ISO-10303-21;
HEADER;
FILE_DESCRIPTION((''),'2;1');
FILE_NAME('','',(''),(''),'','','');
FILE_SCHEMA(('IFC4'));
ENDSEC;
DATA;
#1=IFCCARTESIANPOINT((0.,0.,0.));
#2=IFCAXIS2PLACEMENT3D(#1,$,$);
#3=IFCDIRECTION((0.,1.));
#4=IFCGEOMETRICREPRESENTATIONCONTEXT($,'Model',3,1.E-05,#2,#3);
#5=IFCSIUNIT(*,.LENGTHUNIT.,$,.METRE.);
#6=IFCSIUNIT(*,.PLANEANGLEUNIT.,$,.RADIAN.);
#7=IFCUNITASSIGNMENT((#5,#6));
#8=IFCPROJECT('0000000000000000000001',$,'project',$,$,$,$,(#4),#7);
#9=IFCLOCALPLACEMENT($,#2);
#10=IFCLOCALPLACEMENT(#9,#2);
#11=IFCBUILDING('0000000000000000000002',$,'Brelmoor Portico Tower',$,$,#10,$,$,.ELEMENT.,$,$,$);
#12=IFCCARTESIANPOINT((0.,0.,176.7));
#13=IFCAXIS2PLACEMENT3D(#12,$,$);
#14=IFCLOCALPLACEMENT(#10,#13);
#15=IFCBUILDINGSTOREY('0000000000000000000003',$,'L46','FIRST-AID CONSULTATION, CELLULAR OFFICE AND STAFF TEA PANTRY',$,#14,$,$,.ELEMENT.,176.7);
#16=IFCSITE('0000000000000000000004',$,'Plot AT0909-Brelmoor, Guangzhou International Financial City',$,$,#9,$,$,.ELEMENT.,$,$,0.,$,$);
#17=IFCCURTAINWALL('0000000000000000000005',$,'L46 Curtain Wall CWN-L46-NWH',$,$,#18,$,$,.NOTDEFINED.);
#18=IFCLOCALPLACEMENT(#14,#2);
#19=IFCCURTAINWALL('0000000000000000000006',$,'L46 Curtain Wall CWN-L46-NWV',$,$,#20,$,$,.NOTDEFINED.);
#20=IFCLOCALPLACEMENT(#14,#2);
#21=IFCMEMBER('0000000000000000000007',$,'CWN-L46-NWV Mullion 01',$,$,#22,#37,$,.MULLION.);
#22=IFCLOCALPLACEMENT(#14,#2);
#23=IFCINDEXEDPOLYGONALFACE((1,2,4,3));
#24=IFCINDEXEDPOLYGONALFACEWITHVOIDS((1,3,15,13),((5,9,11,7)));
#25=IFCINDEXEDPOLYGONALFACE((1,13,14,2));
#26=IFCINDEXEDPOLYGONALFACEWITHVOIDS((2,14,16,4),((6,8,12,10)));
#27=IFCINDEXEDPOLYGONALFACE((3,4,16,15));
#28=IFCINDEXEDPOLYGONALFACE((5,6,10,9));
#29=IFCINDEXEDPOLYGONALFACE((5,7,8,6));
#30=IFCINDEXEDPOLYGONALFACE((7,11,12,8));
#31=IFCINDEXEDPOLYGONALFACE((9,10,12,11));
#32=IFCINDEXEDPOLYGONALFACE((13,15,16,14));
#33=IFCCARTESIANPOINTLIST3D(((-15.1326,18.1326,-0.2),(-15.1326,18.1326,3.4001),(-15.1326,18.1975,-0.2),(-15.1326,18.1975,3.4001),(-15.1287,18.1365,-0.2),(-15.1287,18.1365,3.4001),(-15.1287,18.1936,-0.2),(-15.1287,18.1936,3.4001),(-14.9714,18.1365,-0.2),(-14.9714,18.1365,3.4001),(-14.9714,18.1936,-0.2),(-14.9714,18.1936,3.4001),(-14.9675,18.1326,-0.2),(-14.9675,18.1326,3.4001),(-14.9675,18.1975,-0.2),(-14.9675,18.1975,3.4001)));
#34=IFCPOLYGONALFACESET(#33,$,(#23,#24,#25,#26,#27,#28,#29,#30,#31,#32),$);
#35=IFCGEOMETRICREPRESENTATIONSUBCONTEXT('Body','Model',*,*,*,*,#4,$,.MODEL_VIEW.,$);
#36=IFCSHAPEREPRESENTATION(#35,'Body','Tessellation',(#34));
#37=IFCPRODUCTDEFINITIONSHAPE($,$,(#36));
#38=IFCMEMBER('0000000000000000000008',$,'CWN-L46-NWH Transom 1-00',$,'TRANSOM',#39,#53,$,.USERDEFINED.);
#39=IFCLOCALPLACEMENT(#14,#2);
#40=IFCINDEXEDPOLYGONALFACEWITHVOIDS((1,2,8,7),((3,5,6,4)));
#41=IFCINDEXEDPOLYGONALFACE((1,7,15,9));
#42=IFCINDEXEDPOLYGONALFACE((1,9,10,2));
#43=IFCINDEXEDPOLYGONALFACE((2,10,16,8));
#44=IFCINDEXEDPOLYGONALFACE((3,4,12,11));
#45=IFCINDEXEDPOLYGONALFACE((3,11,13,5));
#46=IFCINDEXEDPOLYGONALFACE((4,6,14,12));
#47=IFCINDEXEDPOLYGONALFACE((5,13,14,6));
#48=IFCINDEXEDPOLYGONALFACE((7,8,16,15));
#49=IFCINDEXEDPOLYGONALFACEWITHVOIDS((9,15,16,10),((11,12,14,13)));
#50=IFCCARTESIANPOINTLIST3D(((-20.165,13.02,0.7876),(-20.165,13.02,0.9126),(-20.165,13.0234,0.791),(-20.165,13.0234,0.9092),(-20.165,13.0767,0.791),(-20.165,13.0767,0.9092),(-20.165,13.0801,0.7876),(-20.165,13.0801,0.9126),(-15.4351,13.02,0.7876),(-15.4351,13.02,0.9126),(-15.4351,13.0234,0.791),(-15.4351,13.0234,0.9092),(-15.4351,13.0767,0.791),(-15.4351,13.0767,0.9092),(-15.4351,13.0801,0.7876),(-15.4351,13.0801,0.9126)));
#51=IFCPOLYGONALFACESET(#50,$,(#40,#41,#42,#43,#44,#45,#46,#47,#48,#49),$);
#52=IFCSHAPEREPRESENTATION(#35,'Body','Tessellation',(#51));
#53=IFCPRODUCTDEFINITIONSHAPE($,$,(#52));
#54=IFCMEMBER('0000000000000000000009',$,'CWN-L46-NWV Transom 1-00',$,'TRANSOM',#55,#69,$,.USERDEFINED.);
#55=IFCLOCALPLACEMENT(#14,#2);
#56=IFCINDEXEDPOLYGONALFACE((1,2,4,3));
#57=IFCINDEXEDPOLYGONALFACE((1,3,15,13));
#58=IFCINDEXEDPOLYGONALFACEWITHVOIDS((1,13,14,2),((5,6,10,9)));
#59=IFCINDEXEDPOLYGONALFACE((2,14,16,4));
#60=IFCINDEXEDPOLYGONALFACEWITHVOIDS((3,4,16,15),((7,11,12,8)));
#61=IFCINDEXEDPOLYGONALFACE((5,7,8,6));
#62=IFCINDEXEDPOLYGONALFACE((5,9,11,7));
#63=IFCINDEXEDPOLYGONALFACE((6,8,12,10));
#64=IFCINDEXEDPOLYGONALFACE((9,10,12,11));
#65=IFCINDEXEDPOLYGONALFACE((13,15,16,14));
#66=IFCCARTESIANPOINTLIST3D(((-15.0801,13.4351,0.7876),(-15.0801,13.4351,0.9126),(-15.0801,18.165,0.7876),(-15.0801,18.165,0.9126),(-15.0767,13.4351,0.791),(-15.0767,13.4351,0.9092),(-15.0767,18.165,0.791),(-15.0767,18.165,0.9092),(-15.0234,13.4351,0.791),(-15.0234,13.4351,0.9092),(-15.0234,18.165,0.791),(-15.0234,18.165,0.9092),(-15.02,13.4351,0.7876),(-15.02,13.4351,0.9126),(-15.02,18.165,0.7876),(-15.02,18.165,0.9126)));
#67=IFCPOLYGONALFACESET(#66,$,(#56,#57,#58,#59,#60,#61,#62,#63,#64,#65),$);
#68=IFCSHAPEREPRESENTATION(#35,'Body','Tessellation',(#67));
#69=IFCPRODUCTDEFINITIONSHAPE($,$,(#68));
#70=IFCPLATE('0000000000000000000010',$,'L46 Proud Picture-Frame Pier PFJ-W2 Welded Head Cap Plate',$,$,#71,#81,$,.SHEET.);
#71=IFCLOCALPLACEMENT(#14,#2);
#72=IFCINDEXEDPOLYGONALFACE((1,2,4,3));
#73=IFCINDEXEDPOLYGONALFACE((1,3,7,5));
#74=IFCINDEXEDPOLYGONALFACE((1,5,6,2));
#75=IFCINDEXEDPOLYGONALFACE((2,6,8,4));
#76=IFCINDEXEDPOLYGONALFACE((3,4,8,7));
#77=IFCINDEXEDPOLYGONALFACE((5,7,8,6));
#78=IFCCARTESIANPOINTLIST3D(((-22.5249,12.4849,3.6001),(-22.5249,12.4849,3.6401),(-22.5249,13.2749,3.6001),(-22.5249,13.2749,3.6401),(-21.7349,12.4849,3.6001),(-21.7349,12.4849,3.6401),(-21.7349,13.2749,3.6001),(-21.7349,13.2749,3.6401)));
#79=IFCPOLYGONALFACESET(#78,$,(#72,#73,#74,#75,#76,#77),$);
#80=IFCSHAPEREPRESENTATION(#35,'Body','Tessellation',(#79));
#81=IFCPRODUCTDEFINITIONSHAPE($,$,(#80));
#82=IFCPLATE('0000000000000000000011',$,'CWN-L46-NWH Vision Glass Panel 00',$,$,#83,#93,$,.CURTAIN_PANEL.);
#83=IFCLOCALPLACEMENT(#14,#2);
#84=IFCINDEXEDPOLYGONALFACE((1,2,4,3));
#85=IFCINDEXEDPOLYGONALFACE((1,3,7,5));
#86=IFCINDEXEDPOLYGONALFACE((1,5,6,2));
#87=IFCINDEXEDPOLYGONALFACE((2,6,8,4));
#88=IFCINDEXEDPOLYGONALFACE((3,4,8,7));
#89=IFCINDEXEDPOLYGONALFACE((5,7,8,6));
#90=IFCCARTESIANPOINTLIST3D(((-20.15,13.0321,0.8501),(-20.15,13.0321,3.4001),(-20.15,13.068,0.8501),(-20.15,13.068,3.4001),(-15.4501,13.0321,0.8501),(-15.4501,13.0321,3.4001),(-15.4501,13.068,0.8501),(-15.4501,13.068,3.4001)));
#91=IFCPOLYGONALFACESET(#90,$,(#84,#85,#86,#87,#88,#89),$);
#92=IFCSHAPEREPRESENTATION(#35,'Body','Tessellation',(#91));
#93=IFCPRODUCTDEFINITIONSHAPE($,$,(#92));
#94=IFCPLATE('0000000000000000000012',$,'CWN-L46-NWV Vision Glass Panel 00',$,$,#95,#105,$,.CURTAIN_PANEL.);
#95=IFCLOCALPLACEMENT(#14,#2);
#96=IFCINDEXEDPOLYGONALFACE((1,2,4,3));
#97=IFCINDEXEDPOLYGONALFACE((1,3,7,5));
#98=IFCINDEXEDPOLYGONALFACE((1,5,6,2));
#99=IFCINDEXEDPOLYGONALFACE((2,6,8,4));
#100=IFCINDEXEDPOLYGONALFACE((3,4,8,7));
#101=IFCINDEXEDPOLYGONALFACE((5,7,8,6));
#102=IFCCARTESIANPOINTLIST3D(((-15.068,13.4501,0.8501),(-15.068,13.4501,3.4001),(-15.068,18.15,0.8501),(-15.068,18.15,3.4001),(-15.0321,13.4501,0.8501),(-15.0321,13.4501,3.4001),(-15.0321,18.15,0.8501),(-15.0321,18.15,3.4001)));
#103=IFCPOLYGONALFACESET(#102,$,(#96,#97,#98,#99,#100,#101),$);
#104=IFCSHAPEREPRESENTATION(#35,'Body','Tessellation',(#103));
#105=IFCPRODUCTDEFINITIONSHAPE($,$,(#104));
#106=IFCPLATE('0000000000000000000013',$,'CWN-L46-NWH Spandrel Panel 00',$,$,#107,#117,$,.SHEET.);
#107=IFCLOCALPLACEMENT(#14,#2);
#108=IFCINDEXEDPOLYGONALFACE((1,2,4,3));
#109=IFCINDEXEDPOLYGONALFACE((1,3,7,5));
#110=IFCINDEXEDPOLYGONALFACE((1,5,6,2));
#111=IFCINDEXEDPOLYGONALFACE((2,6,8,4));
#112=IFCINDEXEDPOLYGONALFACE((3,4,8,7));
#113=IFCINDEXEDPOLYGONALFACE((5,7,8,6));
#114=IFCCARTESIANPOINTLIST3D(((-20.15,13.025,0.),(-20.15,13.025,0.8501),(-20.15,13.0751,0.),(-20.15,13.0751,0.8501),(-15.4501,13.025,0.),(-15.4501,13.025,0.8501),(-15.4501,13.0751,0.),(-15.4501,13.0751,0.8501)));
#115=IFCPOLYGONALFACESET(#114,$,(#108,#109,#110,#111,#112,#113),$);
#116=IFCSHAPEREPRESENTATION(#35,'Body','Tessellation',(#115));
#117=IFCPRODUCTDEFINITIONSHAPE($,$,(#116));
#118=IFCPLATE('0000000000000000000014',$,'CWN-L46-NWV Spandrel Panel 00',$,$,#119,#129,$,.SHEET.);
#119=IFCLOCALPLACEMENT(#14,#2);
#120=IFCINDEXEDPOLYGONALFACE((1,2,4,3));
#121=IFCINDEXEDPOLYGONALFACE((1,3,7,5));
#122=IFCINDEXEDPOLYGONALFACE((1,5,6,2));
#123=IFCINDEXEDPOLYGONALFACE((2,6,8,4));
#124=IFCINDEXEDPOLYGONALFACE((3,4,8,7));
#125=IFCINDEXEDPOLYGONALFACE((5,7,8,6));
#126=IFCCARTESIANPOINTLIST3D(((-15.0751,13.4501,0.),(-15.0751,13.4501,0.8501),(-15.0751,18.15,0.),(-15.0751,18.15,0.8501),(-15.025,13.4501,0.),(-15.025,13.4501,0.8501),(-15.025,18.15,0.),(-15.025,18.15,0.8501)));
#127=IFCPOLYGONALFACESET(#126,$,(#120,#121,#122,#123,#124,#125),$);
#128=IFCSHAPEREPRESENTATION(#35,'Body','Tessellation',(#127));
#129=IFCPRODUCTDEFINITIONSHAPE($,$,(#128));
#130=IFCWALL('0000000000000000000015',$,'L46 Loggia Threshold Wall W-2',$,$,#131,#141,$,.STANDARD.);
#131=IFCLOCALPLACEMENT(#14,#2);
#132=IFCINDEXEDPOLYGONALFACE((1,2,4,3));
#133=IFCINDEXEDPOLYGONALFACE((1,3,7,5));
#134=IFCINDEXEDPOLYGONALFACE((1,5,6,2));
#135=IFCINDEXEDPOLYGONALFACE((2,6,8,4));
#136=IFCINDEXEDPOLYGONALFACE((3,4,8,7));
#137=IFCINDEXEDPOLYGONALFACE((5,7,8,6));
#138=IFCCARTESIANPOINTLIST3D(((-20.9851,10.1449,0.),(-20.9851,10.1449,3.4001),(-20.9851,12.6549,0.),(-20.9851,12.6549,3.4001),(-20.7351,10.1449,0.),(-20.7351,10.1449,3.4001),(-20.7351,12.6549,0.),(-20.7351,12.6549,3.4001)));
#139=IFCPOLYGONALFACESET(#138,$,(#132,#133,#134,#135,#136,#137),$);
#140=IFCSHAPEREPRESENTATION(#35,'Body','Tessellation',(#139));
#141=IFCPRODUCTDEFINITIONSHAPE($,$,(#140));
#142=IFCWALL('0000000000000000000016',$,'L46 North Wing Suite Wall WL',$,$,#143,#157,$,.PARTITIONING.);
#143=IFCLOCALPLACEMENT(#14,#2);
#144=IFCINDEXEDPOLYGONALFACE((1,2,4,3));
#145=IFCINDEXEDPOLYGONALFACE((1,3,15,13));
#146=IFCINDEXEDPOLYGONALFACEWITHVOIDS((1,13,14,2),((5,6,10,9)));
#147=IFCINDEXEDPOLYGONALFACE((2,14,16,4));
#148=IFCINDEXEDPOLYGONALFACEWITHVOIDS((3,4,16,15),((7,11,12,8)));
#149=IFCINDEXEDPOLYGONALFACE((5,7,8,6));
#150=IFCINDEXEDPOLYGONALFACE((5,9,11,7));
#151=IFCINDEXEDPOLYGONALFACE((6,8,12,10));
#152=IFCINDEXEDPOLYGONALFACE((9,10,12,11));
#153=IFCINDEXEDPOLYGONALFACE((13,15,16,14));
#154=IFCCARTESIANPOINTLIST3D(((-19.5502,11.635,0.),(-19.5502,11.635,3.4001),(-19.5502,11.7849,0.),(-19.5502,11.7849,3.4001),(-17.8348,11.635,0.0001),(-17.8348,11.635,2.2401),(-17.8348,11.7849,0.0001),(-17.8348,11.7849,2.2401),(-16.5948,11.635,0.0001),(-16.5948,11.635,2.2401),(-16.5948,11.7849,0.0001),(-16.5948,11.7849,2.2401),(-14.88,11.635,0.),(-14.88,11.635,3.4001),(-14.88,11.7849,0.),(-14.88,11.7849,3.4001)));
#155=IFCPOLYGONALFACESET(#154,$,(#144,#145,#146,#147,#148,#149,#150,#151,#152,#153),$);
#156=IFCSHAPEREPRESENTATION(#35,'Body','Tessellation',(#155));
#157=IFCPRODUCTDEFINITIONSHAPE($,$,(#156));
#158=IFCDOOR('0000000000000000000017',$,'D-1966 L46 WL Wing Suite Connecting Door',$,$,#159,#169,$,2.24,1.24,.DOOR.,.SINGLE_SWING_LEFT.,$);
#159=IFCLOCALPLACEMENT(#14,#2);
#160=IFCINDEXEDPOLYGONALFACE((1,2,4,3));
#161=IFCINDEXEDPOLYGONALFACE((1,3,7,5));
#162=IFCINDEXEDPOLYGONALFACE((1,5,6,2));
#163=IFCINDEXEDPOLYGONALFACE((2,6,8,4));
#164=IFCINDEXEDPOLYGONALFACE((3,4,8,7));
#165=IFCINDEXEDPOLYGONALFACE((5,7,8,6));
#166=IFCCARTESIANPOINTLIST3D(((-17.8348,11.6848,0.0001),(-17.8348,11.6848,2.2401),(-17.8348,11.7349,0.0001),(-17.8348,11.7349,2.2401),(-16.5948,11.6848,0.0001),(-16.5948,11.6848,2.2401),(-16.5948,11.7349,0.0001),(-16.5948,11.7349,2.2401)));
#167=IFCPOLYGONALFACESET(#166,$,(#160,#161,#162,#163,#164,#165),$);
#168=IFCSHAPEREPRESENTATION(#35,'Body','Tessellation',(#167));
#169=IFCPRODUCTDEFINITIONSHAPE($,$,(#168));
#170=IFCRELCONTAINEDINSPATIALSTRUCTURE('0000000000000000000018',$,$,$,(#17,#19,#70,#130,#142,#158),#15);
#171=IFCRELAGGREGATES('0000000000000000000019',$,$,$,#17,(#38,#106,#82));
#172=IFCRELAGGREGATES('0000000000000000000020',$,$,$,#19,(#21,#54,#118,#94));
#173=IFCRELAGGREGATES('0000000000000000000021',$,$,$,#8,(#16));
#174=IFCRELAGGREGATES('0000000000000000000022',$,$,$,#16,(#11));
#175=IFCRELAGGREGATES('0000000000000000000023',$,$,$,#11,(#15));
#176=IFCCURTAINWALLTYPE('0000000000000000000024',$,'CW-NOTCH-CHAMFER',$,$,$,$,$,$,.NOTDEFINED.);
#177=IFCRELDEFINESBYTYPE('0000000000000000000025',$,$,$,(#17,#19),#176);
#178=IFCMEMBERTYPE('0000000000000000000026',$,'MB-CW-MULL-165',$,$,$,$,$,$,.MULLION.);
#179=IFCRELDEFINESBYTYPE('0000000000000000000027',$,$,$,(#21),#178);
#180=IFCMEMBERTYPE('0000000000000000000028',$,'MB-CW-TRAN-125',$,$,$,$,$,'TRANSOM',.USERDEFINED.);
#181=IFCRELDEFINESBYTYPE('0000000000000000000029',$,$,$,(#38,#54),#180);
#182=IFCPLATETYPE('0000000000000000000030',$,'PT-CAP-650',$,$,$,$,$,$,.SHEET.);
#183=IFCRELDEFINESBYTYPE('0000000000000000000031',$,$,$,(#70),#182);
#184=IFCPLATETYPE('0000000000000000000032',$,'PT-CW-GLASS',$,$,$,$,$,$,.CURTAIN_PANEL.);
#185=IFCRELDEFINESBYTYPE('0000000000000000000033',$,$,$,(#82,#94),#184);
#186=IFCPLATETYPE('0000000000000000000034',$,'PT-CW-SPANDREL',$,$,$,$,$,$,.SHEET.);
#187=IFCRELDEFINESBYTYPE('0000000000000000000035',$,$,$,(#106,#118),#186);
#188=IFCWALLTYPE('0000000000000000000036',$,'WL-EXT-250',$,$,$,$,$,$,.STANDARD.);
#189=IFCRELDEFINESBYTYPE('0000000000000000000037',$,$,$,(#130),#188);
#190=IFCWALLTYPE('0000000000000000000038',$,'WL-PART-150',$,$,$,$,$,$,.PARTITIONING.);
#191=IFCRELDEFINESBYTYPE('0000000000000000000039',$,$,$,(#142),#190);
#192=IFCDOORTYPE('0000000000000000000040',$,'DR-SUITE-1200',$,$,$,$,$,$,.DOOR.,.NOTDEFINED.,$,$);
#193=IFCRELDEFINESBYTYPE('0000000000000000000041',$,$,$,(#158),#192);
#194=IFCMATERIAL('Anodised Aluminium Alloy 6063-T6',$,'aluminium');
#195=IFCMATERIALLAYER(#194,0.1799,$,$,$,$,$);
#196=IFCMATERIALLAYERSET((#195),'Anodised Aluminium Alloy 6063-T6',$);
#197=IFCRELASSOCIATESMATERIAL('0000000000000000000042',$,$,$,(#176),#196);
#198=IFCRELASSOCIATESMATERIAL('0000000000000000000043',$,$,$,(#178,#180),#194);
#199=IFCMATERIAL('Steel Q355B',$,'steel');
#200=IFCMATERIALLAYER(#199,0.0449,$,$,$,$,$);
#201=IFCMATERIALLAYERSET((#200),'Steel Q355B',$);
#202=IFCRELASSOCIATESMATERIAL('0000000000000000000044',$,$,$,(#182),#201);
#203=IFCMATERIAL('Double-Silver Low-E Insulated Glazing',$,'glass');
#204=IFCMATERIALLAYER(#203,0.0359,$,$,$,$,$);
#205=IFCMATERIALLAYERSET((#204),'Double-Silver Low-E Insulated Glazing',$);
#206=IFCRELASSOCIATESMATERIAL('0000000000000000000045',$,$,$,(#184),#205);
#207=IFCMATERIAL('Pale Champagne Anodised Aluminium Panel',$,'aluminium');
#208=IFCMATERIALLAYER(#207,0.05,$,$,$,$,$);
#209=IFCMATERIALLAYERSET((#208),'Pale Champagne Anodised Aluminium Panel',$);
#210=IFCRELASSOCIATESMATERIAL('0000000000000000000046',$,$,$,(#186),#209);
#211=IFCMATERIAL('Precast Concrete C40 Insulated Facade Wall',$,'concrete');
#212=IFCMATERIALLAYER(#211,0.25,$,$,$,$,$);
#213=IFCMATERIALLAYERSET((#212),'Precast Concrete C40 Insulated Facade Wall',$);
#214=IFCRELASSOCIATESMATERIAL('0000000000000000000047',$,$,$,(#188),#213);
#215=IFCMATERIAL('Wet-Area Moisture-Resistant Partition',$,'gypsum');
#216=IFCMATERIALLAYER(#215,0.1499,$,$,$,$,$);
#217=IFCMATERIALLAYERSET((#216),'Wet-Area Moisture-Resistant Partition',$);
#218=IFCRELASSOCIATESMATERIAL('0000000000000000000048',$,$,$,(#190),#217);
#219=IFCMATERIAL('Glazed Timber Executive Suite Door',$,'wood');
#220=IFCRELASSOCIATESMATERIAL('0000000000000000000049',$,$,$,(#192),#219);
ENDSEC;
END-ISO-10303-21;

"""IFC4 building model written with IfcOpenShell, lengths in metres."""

from ifc_helpers import new_model, si_unit, direction, frame, frame_2d, origin, origin_2d, place, context, subcontext, project, spatial, rectangle, hollow_rectangle, extrude, material, layer, layer_set, material_profile, profile_set, type_object, element, fill, aggregate, save


model = new_model("IFC4")

# Units and contexts
model_context = context("Model", 3, precision=1e-05, world=origin(), true_north=direction((0.0, 1.0)))
body_context = subcontext(model_context, "Body", "Model", "MODEL_VIEW")
ifc_project = project(units=[si_unit("LENGTHUNIT", "METRE"), si_unit("PLANEANGLEUNIT", "RADIAN")], contexts=[model_context])

# Site, building, storey
site_placement = place(None, origin())
site = spatial("IfcSite", under=ifc_project, at=site_placement, Name="Plot AT0909-Brelmoor, Guangzhou International Financial City", CompositionType="ELEMENT", RefElevation=0.0)
building_placement = place(site_placement, origin())
building = spatial("IfcBuilding", under=site, at=building_placement, Name="Brelmoor Portico Tower", CompositionType="ELEMENT")
storey_placement = place(building_placement, frame((0.0, 0.0, 176.7)))
storey = spatial("IfcBuildingStorey", under=building, at=storey_placement, Name="L46", Description="FIRST-AID CONSULTATION, CELLULAR OFFICE AND STAFF TEA PANTRY", CompositionType="ELEMENT", Elevation=176.7)

# Shared definitions
ifc_material_1 = material(Name="Steel Q355B", Category="steel")

# Curtain walls, member
ifc_material_2 = material(Name="Anodised Aluminium Alloy 6063-T6", Category="aluminium")
ifc_layer_1 = layer(ifc_material_2, 0.1799)
ifc_layer_set_1 = layer_set([ifc_layer_1], Name="Anodised Aluminium Alloy 6063-T6")
curtain_wall_type = type_object("IfcCurtainWallType", Name="CW-NOTCH-CHAMFER", PredefinedType="NOTDEFINED", material=ifc_layer_set_1)
curtain_wall_1_placement = place(storey_placement, origin())
curtain_wall_1 = element("IfcCurtainWall", 1, at=curtain_wall_1_placement, inside=storey, type_object=curtain_wall_type, Name="L46 Curtain Wall CWN-L46-NWH", PredefinedType="NOTDEFINED")
ifc_material_profile_1 = material_profile(ifc_material_2, hollow_rectangle(XDim=0.0649, YDim=0.165, WallThickness=0.0039, at=origin_2d()), Name="ALU MULLION 65x165")
ifc_profile_set_1 = profile_set([ifc_material_profile_1], Name="Anodised Aluminium Alloy 6063-T6")
member_type_1 = type_object("IfcMemberType", Name="MB-CW-MULL-165", PredefinedType="MULLION", material=ifc_profile_set_1)
curtain_wall_2_placement = place(storey_placement, origin())
curtain_wall_2 = element("IfcCurtainWall", 2, at=curtain_wall_2_placement, inside=storey, type_object=curtain_wall_type, Name="L46 Curtain Wall CWN-L46-NWV", PredefinedType="NOTDEFINED")
member_1_placement = place(storey_placement, frame((-15.05, 18.165, -0.2), z_axis=(0.0, 0.0, 1.0), x_axis=(0.0, 1.0, 0.0)))
member_1 = element("IfcMember", 3, at=member_1_placement, type_object=member_type_1, Name="CWN-L46-NWV Mullion 01", PredefinedType="MULLION", context=body_context, shape_type="SweptSolid", body=[
    extrude(hollow_rectangle(XDim=0.0649, YDim=0.165, WallThickness=0.0039, at=origin_2d()), origin(), (0.0, 0.0, 1.0), 3.6001),
])

# Members
ifc_material_profile_2 = material_profile(ifc_material_2, hollow_rectangle(XDim=0.0601, YDim=0.125, WallThickness=0.0034, at=origin_2d()), Name="ALU TRANSOM 60x125")
ifc_profile_set_2 = profile_set([ifc_material_profile_2], Name="Anodised Aluminium Alloy 6063-T6")
member_type_2 = type_object("IfcMemberType", Name="MB-CW-TRAN-125", ElementType="TRANSOM", PredefinedType="USERDEFINED", material=ifc_profile_set_2)
member_2_placement = place(storey_placement, frame((-20.165, 13.05, 0.8501), z_axis=(1.0, 0.0, 0.0), x_axis=(0.0, 1.0, 0.0)))
member_2 = element("IfcMember", 4, at=member_2_placement, type_object=member_type_2, Name="CWN-L46-NWH Transom 1-00", ObjectType="TRANSOM", PredefinedType="USERDEFINED", context=body_context, shape_type="SweptSolid", body=[
    extrude(hollow_rectangle(XDim=0.0601, YDim=0.125, WallThickness=0.0034, at=origin_2d()), origin(), (0.0, 0.0, 1.0), 4.73),
])
member_3_placement = place(storey_placement, frame((-15.05, 13.4351, 0.8501), z_axis=(0.0, 1.0, 0.0), x_axis=(-1.0, 0.0, 0.0)))
member_3 = element("IfcMember", 5, at=member_3_placement, type_object=member_type_2, Name="CWN-L46-NWV Transom 1-00", ObjectType="TRANSOM", PredefinedType="USERDEFINED", context=body_context, shape_type="SweptSolid", body=[
    extrude(hollow_rectangle(XDim=0.0601, YDim=0.125, WallThickness=0.0034, at=origin_2d()), origin(), (0.0, 0.0, 1.0), 4.73),
])

# Plates
ifc_layer_2 = layer(ifc_material_1, 0.0449)
ifc_layer_set_2 = layer_set([ifc_layer_2], Name="Steel Q355B")
plate_type_1 = type_object("IfcPlateType", Name="PT-CAP-650", PredefinedType="SHEET", material=ifc_layer_set_2)
plate_1_placement = place(storey_placement, frame((-22.1299, 12.8799, 3.6001), z_axis=(0.0, 0.0, 1.0), x_axis=(0.0, 1.0, 0.0)))
element("IfcPlate", 6, at=plate_1_placement, inside=storey, type_object=plate_type_1, Name="L46 Proud Picture-Frame Pier PFJ-W2 Welded Head Cap Plate", PredefinedType="SHEET", context=body_context, shape_type="SweptSolid", body=[
    extrude(rectangle(XDim=0.79, YDim=0.79, at=origin_2d()), origin(), (0.0, 0.0, 1.0), 0.04),
])
ifc_material_3 = material(Name="Double-Silver Low-E Insulated Glazing", Category="glass")
ifc_layer_3 = layer(ifc_material_3, 0.0359)
ifc_layer_set_3 = layer_set([ifc_layer_3], Name="Double-Silver Low-E Insulated Glazing")
plate_type_2 = type_object("IfcPlateType", Name="PT-CW-GLASS", PredefinedType="CURTAIN_PANEL", material=ifc_layer_set_3)
plate_2_placement = place(storey_placement, frame((-17.8, 13.05, 0.8501), z_axis=(0.0, 0.0, 1.0), x_axis=(1.0, 0.0, 0.0)))
plate_2 = element("IfcPlate", 7, at=plate_2_placement, type_object=plate_type_2, Name="CWN-L46-NWH Vision Glass Panel 00", PredefinedType="CURTAIN_PANEL", context=body_context, shape_type="SweptSolid", body=[
    extrude(rectangle(XDim=4.7, YDim=0.0359, at=origin_2d()), origin(), (0.0, 0.0, 1.0), 2.55),
])
plate_3_placement = place(storey_placement, frame((-15.05, 15.8, 0.8501), z_axis=(0.0, 0.0, 1.0), x_axis=(0.0, 1.0, 0.0)))
plate_3 = element("IfcPlate", 8, at=plate_3_placement, type_object=plate_type_2, Name="CWN-L46-NWV Vision Glass Panel 00", PredefinedType="CURTAIN_PANEL", context=body_context, shape_type="SweptSolid", body=[
    extrude(rectangle(XDim=4.7, YDim=0.0359, at=origin_2d()), origin(), (0.0, 0.0, 1.0), 2.55),
])
ifc_material_4 = material(Name="Pale Champagne Anodised Aluminium Panel", Category="aluminium")
ifc_layer_4 = layer(ifc_material_4, 0.05)
ifc_layer_set_4 = layer_set([ifc_layer_4], Name="Pale Champagne Anodised Aluminium Panel")
plate_type_3 = type_object("IfcPlateType", Name="PT-CW-SPANDREL", PredefinedType="SHEET", material=ifc_layer_set_4)
plate_4_placement = place(storey_placement, frame((-17.8, 13.05, 0.0), z_axis=(0.0, 0.0, 1.0), x_axis=(1.0, 0.0, 0.0)))
plate_4 = element("IfcPlate", 9, at=plate_4_placement, type_object=plate_type_3, Name="CWN-L46-NWH Spandrel Panel 00", PredefinedType="SHEET", context=body_context, shape_type="SweptSolid", body=[
    extrude(rectangle(XDim=4.7, YDim=0.05, at=origin_2d()), origin(), (0.0, 0.0, 1.0), 0.8501),
])
aggregate(curtain_wall_1, [member_2, plate_4, plate_2])
plate_5_placement = place(storey_placement, frame((-15.05, 15.8, 0.0), z_axis=(0.0, 0.0, 1.0), x_axis=(0.0, 1.0, 0.0)))
plate_5 = element("IfcPlate", 10, at=plate_5_placement, type_object=plate_type_3, Name="CWN-L46-NWV Spandrel Panel 00", PredefinedType="SHEET", context=body_context, shape_type="SweptSolid", body=[
    extrude(rectangle(XDim=4.7, YDim=0.05, at=origin_2d()), origin(), (0.0, 0.0, 1.0), 0.8501),
])
aggregate(curtain_wall_2, [member_1, member_3, plate_5, plate_3])

# Wall
ifc_material_5 = material(Name="Precast Concrete C40 Insulated Facade Wall", Category="concrete")
ifc_layer_5 = layer(ifc_material_5, 0.25)
ifc_layer_set_5 = layer_set([ifc_layer_5], Name="Precast Concrete C40 Insulated Facade Wall")
wall_type_1 = type_object("IfcWallType", Name="WL-EXT-250", PredefinedType="STANDARD", material=ifc_layer_set_5)
wall_1_placement = place(storey_placement, frame((-20.8601, 10.145, 0.0), z_axis=(0.0, 0.0, 1.0), x_axis=(0.0, 1.0, 0.0)))
element("IfcWall", 11, at=wall_1_placement, inside=storey, type_object=wall_type_1, Name="L46 Loggia Threshold Wall W-2", PredefinedType="STANDARD", context=body_context, shape_type="SweptSolid", body=[
    extrude(rectangle(XDim=2.51, YDim=0.25, at=frame_2d((1.2549, 0.0))), origin(), (0.0, 0.0, 1.0), 3.4001),
])

# Wall, opening, door
ifc_material_6 = material(Name="Wet-Area Moisture-Resistant Partition", Category="gypsum")
ifc_layer_6 = layer(ifc_material_6, 0.1499)
ifc_layer_set_6 = layer_set([ifc_layer_6], Name="Wet-Area Moisture-Resistant Partition")
wall_type_2 = type_object("IfcWallType", Name="WL-PART-150", PredefinedType="PARTITIONING", material=ifc_layer_set_6)
wall_2_placement = place(storey_placement, frame((-19.55, 11.71, 0.0), z_axis=(0.0, 0.0, 1.0), x_axis=(1.0, 0.0, 0.0)))
wall_2 = element("IfcWall", 12, at=wall_2_placement, inside=storey, type_object=wall_type_2, Name="L46 North Wing Suite Wall WL", PredefinedType="PARTITIONING", context=body_context, shape_type="SweptSolid", body=[
    extrude(rectangle(XDim=4.6702, YDim=0.1499, at=frame_2d((2.335, 0.0))), origin(), (0.0, 0.0, 1.0), 3.4001),
])
opening_placement = place(wall_2_placement, frame((1.7151, 0.0, 0.0)))
opening = element("IfcOpeningElement", 13, at=opening_placement, cuts=wall_2, PredefinedType="OPENING", context=body_context, shape_type="SweptSolid", body=[
    extrude(rectangle(XDim=1.24, YDim=2.24, at=frame_2d((0.6201, 1.1201))), frame((0.0, 0.085, 0.0), z_axis=(0.0, -1.0, 0.0), x_axis=(1.0, 0.0, 0.0)), (0.0, 0.0, 1.0), 0.1699),
])
ifc_material_7 = material(Name="Glazed Timber Executive Suite Door", Category="wood")
door_type = type_object("IfcDoorType", Name="DR-SUITE-1200", OperationType="NOTDEFINED", PredefinedType="DOOR", material=ifc_material_7)
door_placement = place(opening_placement, origin())
door = element("IfcDoor", 14, at=door_placement, inside=storey, type_object=door_type, Name="D-1966 L46 WL Wing Suite Connecting Door", OperationType="SINGLE_SWING_LEFT", OverallHeight=2.24, OverallWidth=1.24, PredefinedType="DOOR", context=body_context, shape_type="SweptSolid", body=[
    extrude(rectangle(XDim=1.24, YDim=2.24, at=frame_2d((0.6201, 1.1201))), frame((0.0, 0.0249, 0.0), z_axis=(0.0, -1.0, 0.0), x_axis=(1.0, 0.0, 0.0)), (0.0, 0.0, 1.0), 0.05),
])
fill(opening, door)

save(model, "model.ifc")
